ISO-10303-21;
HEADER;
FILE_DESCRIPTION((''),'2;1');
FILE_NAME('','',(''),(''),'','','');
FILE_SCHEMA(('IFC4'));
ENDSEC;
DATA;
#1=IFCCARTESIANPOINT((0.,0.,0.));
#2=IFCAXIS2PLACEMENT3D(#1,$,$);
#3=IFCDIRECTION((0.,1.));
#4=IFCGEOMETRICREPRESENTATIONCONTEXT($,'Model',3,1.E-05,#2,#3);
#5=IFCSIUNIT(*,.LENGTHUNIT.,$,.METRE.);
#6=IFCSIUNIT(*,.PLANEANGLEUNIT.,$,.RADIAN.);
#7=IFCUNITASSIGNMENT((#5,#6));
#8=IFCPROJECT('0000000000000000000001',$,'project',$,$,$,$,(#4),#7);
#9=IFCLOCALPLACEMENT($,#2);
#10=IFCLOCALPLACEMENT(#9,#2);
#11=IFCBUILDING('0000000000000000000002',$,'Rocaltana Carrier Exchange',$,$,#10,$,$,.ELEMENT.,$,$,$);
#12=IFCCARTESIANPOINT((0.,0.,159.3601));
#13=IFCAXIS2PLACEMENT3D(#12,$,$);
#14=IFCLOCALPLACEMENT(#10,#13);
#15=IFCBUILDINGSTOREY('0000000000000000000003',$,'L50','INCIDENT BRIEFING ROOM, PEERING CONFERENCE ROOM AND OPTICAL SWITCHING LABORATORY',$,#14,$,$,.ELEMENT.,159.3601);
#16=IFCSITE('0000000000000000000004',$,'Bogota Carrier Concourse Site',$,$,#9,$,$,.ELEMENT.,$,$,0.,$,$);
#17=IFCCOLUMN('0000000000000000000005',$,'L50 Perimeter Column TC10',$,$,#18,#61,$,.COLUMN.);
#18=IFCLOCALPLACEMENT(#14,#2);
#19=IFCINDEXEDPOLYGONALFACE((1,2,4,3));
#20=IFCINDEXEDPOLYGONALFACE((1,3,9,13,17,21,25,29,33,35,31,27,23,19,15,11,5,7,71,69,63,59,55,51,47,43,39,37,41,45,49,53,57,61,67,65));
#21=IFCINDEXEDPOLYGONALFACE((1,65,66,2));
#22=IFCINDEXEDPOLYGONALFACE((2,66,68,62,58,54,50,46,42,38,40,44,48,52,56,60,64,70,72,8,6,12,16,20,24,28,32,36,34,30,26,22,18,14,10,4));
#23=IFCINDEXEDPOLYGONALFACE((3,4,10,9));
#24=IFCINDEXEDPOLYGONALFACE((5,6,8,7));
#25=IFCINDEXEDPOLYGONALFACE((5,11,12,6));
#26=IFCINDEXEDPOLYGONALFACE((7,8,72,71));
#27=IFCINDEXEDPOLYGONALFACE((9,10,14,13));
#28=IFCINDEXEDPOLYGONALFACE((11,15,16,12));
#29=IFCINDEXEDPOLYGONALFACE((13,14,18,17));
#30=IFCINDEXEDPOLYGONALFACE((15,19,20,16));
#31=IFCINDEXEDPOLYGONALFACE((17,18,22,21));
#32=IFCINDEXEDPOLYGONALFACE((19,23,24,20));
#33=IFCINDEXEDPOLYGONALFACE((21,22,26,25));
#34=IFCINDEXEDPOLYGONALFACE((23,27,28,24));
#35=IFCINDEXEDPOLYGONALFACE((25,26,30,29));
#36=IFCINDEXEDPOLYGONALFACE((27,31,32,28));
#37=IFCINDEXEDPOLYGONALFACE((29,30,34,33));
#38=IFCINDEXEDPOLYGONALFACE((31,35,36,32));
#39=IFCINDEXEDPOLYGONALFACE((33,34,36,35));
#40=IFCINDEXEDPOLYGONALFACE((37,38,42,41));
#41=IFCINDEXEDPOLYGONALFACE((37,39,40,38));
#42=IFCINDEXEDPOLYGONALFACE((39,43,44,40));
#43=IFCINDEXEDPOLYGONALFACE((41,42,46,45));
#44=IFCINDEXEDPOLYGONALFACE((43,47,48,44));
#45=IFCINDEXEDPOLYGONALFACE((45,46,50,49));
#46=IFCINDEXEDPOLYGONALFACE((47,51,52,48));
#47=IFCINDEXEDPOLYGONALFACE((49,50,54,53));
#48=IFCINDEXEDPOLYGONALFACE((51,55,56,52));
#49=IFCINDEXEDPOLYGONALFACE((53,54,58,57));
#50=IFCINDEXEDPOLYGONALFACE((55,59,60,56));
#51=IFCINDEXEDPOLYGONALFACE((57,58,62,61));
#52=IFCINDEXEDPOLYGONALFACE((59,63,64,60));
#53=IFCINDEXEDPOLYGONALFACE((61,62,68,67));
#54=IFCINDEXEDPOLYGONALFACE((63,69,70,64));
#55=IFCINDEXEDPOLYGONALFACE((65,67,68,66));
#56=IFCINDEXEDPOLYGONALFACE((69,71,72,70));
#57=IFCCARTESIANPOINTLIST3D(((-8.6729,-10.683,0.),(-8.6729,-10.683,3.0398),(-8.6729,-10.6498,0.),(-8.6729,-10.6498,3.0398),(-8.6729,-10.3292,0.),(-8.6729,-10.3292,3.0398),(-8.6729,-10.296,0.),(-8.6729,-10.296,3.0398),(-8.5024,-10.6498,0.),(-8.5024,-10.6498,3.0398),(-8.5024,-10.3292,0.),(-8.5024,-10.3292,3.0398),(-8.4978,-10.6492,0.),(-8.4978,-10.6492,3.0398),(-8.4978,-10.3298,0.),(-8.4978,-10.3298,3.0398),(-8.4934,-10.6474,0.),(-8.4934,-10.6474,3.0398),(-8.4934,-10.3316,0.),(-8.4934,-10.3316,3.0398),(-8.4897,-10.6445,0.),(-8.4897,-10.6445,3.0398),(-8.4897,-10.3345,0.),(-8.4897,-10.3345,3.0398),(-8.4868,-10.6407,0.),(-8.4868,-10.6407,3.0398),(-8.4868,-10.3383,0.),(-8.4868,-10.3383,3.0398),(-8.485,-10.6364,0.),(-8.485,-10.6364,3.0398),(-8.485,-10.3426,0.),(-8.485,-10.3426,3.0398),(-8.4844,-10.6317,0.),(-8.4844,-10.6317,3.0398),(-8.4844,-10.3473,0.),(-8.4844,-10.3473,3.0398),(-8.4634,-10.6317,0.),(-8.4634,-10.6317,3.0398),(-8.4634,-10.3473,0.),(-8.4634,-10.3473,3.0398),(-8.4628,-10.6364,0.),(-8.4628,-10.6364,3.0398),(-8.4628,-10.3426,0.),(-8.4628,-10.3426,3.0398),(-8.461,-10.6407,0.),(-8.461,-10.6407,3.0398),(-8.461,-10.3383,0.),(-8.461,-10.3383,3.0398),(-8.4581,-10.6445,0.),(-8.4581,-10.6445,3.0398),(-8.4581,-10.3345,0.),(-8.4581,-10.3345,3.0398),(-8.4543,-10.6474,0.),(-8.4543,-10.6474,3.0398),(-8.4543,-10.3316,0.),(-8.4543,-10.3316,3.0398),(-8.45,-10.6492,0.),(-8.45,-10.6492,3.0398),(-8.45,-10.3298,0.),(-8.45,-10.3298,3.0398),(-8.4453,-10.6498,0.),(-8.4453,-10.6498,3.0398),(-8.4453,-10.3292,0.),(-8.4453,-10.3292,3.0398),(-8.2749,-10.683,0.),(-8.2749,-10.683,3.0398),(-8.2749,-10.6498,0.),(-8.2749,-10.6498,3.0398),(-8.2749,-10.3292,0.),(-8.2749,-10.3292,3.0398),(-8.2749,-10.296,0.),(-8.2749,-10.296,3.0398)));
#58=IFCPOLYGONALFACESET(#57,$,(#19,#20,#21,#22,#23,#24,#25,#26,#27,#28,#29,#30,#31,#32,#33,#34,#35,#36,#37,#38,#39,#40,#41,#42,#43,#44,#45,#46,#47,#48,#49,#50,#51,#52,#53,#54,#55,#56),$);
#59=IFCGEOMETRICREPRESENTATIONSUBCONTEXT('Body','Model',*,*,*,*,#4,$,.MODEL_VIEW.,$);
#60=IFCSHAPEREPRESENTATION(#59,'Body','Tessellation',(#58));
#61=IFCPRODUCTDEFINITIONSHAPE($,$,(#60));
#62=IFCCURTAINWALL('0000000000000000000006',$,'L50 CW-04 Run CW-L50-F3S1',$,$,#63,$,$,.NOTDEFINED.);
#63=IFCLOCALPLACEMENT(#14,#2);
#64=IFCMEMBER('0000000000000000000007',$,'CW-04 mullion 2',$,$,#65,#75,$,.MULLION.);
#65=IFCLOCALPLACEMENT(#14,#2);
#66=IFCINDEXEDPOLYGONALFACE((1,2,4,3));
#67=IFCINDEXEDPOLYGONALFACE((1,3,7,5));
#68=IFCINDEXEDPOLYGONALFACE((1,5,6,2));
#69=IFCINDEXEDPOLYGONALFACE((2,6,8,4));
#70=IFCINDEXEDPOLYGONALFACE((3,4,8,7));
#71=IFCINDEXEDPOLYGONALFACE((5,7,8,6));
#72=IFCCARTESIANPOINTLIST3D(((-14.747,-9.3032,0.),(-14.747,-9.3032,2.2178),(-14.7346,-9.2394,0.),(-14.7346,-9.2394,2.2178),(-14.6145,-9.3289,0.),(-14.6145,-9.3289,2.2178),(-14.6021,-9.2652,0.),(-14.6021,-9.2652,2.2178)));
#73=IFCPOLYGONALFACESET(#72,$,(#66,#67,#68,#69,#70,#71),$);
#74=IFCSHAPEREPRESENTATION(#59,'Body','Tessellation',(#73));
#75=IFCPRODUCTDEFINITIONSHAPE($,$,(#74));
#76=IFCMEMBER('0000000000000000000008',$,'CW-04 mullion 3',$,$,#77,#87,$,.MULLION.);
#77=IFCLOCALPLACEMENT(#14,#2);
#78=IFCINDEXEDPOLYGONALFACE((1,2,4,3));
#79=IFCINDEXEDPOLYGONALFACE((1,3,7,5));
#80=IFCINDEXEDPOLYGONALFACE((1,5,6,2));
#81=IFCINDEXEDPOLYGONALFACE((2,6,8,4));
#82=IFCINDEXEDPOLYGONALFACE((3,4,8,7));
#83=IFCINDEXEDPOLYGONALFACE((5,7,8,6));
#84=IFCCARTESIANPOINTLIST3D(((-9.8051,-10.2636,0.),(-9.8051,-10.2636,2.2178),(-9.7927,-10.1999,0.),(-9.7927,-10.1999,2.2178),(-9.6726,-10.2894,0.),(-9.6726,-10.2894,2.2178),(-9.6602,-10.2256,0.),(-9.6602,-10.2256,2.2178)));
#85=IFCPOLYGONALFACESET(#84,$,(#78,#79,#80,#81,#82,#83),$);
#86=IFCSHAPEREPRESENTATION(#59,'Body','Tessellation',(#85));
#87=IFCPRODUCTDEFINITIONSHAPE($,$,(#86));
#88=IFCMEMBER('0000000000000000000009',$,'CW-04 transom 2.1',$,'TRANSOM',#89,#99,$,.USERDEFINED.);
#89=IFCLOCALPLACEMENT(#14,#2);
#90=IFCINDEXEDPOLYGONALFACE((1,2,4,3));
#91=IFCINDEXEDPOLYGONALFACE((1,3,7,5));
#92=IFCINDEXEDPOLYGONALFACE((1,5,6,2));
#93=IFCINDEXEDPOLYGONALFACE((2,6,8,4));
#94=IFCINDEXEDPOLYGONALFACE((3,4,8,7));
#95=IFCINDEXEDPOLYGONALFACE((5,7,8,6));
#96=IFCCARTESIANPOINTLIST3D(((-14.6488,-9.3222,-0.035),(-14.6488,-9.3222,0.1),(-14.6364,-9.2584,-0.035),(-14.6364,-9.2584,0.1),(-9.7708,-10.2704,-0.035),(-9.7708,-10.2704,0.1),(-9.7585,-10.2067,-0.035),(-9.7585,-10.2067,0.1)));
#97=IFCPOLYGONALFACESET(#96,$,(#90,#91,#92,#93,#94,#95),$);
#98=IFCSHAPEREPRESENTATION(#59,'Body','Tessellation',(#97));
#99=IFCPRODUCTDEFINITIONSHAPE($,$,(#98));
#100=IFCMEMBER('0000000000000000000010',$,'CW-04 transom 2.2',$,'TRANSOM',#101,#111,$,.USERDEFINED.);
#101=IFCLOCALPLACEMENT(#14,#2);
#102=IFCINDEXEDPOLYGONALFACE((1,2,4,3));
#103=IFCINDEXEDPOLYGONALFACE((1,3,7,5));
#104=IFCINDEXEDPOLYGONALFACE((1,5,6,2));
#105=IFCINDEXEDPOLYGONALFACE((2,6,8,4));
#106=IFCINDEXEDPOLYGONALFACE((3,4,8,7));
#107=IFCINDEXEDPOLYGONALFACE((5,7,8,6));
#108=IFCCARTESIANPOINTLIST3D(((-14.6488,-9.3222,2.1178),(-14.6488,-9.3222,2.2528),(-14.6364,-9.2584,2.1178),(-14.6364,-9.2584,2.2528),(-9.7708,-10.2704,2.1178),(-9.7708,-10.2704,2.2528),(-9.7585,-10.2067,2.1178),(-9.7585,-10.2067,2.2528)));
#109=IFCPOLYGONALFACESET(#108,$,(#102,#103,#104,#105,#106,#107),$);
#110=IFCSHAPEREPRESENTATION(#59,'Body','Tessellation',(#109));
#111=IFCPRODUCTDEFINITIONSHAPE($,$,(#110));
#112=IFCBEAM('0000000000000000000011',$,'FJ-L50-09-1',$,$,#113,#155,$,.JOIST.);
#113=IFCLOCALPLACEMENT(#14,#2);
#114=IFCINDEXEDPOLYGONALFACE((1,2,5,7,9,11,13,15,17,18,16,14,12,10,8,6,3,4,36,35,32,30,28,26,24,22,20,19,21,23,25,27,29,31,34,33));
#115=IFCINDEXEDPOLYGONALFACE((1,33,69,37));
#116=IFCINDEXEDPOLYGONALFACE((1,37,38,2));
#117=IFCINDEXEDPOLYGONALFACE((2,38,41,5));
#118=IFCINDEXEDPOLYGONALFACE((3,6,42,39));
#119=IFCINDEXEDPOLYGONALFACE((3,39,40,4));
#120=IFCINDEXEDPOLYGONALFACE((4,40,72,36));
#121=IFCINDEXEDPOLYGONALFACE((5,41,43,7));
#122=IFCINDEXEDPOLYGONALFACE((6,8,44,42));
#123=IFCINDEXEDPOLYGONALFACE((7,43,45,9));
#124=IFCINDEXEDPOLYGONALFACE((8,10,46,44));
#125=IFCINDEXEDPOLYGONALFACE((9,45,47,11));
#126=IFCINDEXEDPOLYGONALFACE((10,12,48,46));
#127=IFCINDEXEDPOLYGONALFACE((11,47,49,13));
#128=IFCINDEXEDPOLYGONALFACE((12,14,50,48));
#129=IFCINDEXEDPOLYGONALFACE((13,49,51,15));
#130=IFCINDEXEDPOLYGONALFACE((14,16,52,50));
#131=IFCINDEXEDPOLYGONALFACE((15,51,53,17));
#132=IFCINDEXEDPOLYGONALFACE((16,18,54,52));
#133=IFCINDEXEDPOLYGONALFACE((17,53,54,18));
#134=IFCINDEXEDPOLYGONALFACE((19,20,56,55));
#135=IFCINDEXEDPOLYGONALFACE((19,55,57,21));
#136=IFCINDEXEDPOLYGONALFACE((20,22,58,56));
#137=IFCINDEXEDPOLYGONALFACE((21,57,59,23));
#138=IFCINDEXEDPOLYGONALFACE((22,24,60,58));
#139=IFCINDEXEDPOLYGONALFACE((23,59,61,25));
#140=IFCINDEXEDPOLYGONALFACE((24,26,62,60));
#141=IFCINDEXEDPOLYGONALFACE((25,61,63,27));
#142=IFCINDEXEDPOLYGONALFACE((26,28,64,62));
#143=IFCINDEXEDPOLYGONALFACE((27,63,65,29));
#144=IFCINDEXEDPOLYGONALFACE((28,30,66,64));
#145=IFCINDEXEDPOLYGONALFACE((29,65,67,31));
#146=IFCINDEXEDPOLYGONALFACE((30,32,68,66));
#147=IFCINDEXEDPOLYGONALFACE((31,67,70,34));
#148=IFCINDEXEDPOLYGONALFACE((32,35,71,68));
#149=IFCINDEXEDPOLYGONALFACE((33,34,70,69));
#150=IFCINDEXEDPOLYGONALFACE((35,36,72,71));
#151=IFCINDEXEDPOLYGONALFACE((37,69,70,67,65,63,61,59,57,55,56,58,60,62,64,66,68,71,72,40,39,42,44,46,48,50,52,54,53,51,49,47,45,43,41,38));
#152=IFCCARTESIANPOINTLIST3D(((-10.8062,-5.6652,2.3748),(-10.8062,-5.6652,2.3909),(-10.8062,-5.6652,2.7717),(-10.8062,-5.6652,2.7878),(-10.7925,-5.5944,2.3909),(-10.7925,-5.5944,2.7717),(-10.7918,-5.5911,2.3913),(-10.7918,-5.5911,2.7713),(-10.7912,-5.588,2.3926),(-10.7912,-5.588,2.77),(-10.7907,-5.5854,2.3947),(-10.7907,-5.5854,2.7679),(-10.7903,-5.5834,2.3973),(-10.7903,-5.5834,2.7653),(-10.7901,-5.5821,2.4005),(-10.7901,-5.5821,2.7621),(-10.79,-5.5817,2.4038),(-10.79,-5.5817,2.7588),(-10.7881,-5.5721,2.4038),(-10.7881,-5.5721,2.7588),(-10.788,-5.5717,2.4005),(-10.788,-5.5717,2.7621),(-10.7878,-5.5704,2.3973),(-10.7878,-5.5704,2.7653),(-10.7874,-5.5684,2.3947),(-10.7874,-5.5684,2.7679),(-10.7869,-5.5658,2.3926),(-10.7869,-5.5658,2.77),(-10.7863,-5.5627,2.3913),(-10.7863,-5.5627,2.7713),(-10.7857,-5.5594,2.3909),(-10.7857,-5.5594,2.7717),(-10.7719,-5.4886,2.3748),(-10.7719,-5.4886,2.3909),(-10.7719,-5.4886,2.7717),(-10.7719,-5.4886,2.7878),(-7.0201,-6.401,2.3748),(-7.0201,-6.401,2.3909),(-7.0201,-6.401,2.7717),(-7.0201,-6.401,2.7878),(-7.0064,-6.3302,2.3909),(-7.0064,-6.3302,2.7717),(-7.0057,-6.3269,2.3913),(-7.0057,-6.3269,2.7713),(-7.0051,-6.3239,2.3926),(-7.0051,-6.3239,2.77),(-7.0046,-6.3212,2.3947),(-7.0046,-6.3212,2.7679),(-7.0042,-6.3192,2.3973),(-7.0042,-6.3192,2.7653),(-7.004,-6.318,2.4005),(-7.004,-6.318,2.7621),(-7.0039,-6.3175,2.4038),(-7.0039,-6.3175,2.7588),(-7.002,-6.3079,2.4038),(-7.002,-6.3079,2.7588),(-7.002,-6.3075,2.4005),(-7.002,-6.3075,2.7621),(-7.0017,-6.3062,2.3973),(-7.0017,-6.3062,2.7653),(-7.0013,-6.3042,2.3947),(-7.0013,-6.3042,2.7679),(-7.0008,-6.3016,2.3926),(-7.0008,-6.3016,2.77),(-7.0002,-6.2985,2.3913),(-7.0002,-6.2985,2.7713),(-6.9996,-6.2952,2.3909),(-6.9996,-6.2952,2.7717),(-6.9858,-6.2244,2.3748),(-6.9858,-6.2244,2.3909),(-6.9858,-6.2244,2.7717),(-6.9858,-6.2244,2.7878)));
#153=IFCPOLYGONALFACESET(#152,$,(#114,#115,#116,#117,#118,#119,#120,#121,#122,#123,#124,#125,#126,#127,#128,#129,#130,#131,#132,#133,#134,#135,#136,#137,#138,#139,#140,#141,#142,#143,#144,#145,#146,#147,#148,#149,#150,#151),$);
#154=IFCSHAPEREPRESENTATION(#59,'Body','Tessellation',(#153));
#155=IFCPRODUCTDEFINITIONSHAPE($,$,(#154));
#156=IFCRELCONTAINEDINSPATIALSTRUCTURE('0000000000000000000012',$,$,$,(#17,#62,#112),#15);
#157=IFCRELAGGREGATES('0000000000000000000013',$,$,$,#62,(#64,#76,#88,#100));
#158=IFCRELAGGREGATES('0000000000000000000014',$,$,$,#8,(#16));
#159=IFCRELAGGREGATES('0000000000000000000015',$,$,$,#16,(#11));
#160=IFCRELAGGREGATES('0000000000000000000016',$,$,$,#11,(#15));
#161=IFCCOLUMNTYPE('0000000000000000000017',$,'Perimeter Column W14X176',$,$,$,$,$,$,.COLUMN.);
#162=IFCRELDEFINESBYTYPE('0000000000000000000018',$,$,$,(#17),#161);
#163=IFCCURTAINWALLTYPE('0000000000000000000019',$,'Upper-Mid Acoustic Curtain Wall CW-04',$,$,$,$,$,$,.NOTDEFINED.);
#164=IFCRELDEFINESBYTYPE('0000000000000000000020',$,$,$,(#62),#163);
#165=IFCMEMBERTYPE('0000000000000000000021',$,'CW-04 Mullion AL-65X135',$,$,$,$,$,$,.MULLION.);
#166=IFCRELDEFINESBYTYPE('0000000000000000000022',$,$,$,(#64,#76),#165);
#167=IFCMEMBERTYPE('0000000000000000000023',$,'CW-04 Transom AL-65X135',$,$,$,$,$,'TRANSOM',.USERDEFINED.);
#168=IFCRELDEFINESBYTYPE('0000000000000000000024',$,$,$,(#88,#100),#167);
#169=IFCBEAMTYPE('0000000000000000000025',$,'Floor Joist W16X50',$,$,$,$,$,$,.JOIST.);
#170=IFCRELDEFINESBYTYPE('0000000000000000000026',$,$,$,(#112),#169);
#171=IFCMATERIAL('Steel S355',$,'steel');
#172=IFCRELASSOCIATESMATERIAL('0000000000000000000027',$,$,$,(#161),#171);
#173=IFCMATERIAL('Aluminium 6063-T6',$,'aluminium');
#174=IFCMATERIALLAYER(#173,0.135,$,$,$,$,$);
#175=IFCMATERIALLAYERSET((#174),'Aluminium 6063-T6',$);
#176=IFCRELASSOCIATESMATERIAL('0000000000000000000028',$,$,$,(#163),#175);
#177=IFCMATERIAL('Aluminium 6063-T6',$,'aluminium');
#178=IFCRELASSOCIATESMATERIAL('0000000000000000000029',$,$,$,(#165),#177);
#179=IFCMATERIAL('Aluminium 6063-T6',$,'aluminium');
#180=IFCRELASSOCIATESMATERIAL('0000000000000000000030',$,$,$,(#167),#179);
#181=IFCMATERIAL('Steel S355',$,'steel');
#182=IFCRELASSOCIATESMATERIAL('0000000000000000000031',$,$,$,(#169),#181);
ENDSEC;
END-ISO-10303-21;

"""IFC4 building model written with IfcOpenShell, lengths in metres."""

from ifc_helpers import new_model, si_unit, direction, frame, origin, origin_2d, place, context, subcontext, project, spatial, rectangle, i_section, extrude, material, layer, layer_set, material_profile, profile_set, type_object, element, aggregate, save


model = new_model("IFC4")

# Units and contexts
model_context = context("Model", 3, precision=1e-05, world=origin(), true_north=direction((0.0, 1.0)))
body_context = subcontext(model_context, "Body", "Model", "MODEL_VIEW")
ifc_project = project(units=[si_unit("LENGTHUNIT", "METRE"), si_unit("PLANEANGLEUNIT", "RADIAN")], contexts=[model_context])

# Site, building, storey
site_placement = place(None, origin())
site = spatial("IfcSite", under=ifc_project, at=site_placement, Name="Bogota Carrier Concourse Site", CompositionType="ELEMENT", RefElevation=0.0)
building_placement = place(site_placement, origin())
building = spatial("IfcBuilding", under=site, at=building_placement, Name="Rocaltana Carrier Exchange", CompositionType="ELEMENT")
storey_placement = place(building_placement, frame((0.0, 0.0, 159.3601)))
storey = spatial("IfcBuildingStorey", under=building, at=storey_placement, Name="L50", Description="INCIDENT BRIEFING ROOM, PEERING CONFERENCE ROOM AND OPTICAL SWITCHING LABORATORY", CompositionType="ELEMENT", Elevation=159.3601)

# Column
ifc_material_1 = material(Name="Steel S355", Category="steel")
ifc_material_profile_1 = material_profile(ifc_material_1, i_section(OverallWidth=0.3979, OverallDepth=0.387, WebThickness=0.021, FlangeThickness=0.0332, FilletRadius=0.0181, at=origin_2d()), Name="W14X176")
ifc_profile_set_1 = profile_set([ifc_material_profile_1], Name="Steel S355")
column_type = type_object("IfcColumnType", Name="Perimeter Column W14X176", PredefinedType="COLUMN", material=ifc_profile_set_1)
column_placement = place(storey_placement, frame((-8.4739, -10.4895, 0.0), z_axis=(0.0, 0.0, 1.0), x_axis=(1.0, 0.0, 0.0)))
element("IfcColumn", 1, at=column_placement, inside=storey, type_object=column_type, Name="L50 Perimeter Column TC10", PredefinedType="COLUMN", context=body_context, shape_type="SweptSolid", body=[
    extrude(i_section(OverallWidth=0.3979, OverallDepth=0.387, WebThickness=0.021, FlangeThickness=0.0332, FilletRadius=0.0181, at=origin_2d()), origin(), (0.0, 0.0, 1.0), 3.0398),
])

# Curtain wall, members
ifc_material_2 = material(Name="Aluminium 6063-T6", Category="aluminium")
ifc_layer_1 = layer(ifc_material_2, 0.135)
ifc_layer_set_1 = layer_set([ifc_layer_1], Name="Aluminium 6063-T6")
curtain_wall_type = type_object("IfcCurtainWallType", Name="Upper-Mid Acoustic Curtain Wall CW-04", PredefinedType="NOTDEFINED", material=ifc_layer_set_1)
curtain_wall_placement = place(storey_placement, origin())
curtain_wall = element("IfcCurtainWall", 2, at=curtain_wall_placement, inside=storey, type_object=curtain_wall_type, Name="L50 CW-04 Run CW-L50-F3S1", PredefinedType="NOTDEFINED")
ifc_material_3 = material(Name="Aluminium 6063-T6", Category="aluminium")
ifc_material_profile_2 = material_profile(ifc_material_3, rectangle(XDim=0.0649, YDim=0.135, at=origin_2d()), Name="AL-65X135")
ifc_profile_set_2 = profile_set([ifc_material_profile_2], Name="Aluminium 6063-T6")
member_type_1 = type_object("IfcMemberType", Name="CW-04 Mullion AL-65X135", PredefinedType="MULLION", material=ifc_profile_set_2)
member_1_placement = place(storey_placement, frame((-14.6746, -9.2842, 0.0), z_axis=(0.0, 0.0, 1.0), x_axis=(0.190803, 0.981628, 0.0)))
member_1 = element("IfcMember", 3, at=member_1_placement, type_object=member_type_1, Name="CW-04 mullion 2", PredefinedType="MULLION", context=body_context, shape_type="SweptSolid", body=[
    extrude(rectangle(XDim=0.0649, YDim=0.135, at=origin_2d()), origin(), (0.0, 0.0, 1.0), 2.2178),
])
member_2_placement = place(storey_placement, frame((-9.7327, -10.2446, 0.0), z_axis=(0.0, 0.0, 1.0), x_axis=(0.190803, 0.981628, 0.0)))
member_2 = element("IfcMember", 4, at=member_2_placement, type_object=member_type_1, Name="CW-04 mullion 3", PredefinedType="MULLION", context=body_context, shape_type="SweptSolid", body=[
    extrude(rectangle(XDim=0.0649, YDim=0.135, at=origin_2d()), origin(), (0.0, 0.0, 1.0), 2.2178),
])
ifc_material_4 = material(Name="Aluminium 6063-T6", Category="aluminium")
ifc_material_profile_3 = material_profile(ifc_material_4, rectangle(XDim=0.0649, YDim=0.135, at=origin_2d()), Name="AL-65X135")
ifc_profile_set_3 = profile_set([ifc_material_profile_3], Name="Aluminium 6063-T6")
member_type_2 = type_object("IfcMemberType", Name="CW-04 Transom AL-65X135", ElementType="TRANSOM", PredefinedType="USERDEFINED", material=ifc_profile_set_3)
member_3_placement = place(storey_placement, frame((-14.6426, -9.2903, 0.0325), z_axis=(0.981625, -0.190822, 0.0), x_axis=(0.190822, 0.981625, 0.0)))
member_3 = element("IfcMember", 5, at=member_3_placement, type_object=member_type_2, Name="CW-04 transom 2.1", ObjectType="TRANSOM", PredefinedType="USERDEFINED", context=body_context, shape_type="SweptSolid", body=[
    extrude(rectangle(XDim=0.0649, YDim=0.135, at=origin_2d()), origin(), (0.0, 0.0, 1.0), 4.9692),
])
member_4_placement = place(storey_placement, frame((-14.6426, -9.2903, 2.1853), z_axis=(0.981625, -0.190822, 0.0), x_axis=(0.190822, 0.981625, 0.0)))
member_4 = element("IfcMember", 6, at=member_4_placement, type_object=member_type_2, Name="CW-04 transom 2.2", ObjectType="TRANSOM", PredefinedType="USERDEFINED", context=body_context, shape_type="SweptSolid", body=[
    extrude(rectangle(XDim=0.0649, YDim=0.135, at=origin_2d()), origin(), (0.0, 0.0, 1.0), 4.9692),
])

# Beam
ifc_material_5 = material(Name="Steel S355", Category="steel")
ifc_material_profile_4 = material_profile(ifc_material_5, i_section(OverallWidth=0.1799, OverallDepth=0.4131, WebThickness=0.0098, FlangeThickness=0.0161, FilletRadius=0.0129, at=origin_2d()), Name="W16X50")
ifc_profile_set_4 = profile_set([ifc_material_profile_4], Name="Steel S355")
beam_type_1 = type_object("IfcBeamType", Name="Floor Joist W16X50", PredefinedType="JOIST", material=ifc_profile_set_4)
beam_1_placement = place(storey_placement, frame((-10.7891, -5.5769, 2.5813), z_axis=(0.981633, -0.190782, 0.0), x_axis=(0.190782, 0.981633, 0.0)))
element("IfcBeam", 7, at=beam_1_placement, inside=storey, type_object=beam_type_1, Name="FJ-L50-09-1", PredefinedType="JOIST", context=body_context, shape_type="SweptSolid", body=[
    extrude(i_section(OverallWidth=0.1799, OverallDepth=0.4131, WebThickness=0.0098, FlangeThickness=0.0161, FilletRadius=0.0129, at=origin_2d()), origin(), (0.0, 0.0, 1.0), 3.8569),
])

aggregate(curtain_wall, [member_1, member_2, member_3, member_4])

save(model, "model.ifc")
